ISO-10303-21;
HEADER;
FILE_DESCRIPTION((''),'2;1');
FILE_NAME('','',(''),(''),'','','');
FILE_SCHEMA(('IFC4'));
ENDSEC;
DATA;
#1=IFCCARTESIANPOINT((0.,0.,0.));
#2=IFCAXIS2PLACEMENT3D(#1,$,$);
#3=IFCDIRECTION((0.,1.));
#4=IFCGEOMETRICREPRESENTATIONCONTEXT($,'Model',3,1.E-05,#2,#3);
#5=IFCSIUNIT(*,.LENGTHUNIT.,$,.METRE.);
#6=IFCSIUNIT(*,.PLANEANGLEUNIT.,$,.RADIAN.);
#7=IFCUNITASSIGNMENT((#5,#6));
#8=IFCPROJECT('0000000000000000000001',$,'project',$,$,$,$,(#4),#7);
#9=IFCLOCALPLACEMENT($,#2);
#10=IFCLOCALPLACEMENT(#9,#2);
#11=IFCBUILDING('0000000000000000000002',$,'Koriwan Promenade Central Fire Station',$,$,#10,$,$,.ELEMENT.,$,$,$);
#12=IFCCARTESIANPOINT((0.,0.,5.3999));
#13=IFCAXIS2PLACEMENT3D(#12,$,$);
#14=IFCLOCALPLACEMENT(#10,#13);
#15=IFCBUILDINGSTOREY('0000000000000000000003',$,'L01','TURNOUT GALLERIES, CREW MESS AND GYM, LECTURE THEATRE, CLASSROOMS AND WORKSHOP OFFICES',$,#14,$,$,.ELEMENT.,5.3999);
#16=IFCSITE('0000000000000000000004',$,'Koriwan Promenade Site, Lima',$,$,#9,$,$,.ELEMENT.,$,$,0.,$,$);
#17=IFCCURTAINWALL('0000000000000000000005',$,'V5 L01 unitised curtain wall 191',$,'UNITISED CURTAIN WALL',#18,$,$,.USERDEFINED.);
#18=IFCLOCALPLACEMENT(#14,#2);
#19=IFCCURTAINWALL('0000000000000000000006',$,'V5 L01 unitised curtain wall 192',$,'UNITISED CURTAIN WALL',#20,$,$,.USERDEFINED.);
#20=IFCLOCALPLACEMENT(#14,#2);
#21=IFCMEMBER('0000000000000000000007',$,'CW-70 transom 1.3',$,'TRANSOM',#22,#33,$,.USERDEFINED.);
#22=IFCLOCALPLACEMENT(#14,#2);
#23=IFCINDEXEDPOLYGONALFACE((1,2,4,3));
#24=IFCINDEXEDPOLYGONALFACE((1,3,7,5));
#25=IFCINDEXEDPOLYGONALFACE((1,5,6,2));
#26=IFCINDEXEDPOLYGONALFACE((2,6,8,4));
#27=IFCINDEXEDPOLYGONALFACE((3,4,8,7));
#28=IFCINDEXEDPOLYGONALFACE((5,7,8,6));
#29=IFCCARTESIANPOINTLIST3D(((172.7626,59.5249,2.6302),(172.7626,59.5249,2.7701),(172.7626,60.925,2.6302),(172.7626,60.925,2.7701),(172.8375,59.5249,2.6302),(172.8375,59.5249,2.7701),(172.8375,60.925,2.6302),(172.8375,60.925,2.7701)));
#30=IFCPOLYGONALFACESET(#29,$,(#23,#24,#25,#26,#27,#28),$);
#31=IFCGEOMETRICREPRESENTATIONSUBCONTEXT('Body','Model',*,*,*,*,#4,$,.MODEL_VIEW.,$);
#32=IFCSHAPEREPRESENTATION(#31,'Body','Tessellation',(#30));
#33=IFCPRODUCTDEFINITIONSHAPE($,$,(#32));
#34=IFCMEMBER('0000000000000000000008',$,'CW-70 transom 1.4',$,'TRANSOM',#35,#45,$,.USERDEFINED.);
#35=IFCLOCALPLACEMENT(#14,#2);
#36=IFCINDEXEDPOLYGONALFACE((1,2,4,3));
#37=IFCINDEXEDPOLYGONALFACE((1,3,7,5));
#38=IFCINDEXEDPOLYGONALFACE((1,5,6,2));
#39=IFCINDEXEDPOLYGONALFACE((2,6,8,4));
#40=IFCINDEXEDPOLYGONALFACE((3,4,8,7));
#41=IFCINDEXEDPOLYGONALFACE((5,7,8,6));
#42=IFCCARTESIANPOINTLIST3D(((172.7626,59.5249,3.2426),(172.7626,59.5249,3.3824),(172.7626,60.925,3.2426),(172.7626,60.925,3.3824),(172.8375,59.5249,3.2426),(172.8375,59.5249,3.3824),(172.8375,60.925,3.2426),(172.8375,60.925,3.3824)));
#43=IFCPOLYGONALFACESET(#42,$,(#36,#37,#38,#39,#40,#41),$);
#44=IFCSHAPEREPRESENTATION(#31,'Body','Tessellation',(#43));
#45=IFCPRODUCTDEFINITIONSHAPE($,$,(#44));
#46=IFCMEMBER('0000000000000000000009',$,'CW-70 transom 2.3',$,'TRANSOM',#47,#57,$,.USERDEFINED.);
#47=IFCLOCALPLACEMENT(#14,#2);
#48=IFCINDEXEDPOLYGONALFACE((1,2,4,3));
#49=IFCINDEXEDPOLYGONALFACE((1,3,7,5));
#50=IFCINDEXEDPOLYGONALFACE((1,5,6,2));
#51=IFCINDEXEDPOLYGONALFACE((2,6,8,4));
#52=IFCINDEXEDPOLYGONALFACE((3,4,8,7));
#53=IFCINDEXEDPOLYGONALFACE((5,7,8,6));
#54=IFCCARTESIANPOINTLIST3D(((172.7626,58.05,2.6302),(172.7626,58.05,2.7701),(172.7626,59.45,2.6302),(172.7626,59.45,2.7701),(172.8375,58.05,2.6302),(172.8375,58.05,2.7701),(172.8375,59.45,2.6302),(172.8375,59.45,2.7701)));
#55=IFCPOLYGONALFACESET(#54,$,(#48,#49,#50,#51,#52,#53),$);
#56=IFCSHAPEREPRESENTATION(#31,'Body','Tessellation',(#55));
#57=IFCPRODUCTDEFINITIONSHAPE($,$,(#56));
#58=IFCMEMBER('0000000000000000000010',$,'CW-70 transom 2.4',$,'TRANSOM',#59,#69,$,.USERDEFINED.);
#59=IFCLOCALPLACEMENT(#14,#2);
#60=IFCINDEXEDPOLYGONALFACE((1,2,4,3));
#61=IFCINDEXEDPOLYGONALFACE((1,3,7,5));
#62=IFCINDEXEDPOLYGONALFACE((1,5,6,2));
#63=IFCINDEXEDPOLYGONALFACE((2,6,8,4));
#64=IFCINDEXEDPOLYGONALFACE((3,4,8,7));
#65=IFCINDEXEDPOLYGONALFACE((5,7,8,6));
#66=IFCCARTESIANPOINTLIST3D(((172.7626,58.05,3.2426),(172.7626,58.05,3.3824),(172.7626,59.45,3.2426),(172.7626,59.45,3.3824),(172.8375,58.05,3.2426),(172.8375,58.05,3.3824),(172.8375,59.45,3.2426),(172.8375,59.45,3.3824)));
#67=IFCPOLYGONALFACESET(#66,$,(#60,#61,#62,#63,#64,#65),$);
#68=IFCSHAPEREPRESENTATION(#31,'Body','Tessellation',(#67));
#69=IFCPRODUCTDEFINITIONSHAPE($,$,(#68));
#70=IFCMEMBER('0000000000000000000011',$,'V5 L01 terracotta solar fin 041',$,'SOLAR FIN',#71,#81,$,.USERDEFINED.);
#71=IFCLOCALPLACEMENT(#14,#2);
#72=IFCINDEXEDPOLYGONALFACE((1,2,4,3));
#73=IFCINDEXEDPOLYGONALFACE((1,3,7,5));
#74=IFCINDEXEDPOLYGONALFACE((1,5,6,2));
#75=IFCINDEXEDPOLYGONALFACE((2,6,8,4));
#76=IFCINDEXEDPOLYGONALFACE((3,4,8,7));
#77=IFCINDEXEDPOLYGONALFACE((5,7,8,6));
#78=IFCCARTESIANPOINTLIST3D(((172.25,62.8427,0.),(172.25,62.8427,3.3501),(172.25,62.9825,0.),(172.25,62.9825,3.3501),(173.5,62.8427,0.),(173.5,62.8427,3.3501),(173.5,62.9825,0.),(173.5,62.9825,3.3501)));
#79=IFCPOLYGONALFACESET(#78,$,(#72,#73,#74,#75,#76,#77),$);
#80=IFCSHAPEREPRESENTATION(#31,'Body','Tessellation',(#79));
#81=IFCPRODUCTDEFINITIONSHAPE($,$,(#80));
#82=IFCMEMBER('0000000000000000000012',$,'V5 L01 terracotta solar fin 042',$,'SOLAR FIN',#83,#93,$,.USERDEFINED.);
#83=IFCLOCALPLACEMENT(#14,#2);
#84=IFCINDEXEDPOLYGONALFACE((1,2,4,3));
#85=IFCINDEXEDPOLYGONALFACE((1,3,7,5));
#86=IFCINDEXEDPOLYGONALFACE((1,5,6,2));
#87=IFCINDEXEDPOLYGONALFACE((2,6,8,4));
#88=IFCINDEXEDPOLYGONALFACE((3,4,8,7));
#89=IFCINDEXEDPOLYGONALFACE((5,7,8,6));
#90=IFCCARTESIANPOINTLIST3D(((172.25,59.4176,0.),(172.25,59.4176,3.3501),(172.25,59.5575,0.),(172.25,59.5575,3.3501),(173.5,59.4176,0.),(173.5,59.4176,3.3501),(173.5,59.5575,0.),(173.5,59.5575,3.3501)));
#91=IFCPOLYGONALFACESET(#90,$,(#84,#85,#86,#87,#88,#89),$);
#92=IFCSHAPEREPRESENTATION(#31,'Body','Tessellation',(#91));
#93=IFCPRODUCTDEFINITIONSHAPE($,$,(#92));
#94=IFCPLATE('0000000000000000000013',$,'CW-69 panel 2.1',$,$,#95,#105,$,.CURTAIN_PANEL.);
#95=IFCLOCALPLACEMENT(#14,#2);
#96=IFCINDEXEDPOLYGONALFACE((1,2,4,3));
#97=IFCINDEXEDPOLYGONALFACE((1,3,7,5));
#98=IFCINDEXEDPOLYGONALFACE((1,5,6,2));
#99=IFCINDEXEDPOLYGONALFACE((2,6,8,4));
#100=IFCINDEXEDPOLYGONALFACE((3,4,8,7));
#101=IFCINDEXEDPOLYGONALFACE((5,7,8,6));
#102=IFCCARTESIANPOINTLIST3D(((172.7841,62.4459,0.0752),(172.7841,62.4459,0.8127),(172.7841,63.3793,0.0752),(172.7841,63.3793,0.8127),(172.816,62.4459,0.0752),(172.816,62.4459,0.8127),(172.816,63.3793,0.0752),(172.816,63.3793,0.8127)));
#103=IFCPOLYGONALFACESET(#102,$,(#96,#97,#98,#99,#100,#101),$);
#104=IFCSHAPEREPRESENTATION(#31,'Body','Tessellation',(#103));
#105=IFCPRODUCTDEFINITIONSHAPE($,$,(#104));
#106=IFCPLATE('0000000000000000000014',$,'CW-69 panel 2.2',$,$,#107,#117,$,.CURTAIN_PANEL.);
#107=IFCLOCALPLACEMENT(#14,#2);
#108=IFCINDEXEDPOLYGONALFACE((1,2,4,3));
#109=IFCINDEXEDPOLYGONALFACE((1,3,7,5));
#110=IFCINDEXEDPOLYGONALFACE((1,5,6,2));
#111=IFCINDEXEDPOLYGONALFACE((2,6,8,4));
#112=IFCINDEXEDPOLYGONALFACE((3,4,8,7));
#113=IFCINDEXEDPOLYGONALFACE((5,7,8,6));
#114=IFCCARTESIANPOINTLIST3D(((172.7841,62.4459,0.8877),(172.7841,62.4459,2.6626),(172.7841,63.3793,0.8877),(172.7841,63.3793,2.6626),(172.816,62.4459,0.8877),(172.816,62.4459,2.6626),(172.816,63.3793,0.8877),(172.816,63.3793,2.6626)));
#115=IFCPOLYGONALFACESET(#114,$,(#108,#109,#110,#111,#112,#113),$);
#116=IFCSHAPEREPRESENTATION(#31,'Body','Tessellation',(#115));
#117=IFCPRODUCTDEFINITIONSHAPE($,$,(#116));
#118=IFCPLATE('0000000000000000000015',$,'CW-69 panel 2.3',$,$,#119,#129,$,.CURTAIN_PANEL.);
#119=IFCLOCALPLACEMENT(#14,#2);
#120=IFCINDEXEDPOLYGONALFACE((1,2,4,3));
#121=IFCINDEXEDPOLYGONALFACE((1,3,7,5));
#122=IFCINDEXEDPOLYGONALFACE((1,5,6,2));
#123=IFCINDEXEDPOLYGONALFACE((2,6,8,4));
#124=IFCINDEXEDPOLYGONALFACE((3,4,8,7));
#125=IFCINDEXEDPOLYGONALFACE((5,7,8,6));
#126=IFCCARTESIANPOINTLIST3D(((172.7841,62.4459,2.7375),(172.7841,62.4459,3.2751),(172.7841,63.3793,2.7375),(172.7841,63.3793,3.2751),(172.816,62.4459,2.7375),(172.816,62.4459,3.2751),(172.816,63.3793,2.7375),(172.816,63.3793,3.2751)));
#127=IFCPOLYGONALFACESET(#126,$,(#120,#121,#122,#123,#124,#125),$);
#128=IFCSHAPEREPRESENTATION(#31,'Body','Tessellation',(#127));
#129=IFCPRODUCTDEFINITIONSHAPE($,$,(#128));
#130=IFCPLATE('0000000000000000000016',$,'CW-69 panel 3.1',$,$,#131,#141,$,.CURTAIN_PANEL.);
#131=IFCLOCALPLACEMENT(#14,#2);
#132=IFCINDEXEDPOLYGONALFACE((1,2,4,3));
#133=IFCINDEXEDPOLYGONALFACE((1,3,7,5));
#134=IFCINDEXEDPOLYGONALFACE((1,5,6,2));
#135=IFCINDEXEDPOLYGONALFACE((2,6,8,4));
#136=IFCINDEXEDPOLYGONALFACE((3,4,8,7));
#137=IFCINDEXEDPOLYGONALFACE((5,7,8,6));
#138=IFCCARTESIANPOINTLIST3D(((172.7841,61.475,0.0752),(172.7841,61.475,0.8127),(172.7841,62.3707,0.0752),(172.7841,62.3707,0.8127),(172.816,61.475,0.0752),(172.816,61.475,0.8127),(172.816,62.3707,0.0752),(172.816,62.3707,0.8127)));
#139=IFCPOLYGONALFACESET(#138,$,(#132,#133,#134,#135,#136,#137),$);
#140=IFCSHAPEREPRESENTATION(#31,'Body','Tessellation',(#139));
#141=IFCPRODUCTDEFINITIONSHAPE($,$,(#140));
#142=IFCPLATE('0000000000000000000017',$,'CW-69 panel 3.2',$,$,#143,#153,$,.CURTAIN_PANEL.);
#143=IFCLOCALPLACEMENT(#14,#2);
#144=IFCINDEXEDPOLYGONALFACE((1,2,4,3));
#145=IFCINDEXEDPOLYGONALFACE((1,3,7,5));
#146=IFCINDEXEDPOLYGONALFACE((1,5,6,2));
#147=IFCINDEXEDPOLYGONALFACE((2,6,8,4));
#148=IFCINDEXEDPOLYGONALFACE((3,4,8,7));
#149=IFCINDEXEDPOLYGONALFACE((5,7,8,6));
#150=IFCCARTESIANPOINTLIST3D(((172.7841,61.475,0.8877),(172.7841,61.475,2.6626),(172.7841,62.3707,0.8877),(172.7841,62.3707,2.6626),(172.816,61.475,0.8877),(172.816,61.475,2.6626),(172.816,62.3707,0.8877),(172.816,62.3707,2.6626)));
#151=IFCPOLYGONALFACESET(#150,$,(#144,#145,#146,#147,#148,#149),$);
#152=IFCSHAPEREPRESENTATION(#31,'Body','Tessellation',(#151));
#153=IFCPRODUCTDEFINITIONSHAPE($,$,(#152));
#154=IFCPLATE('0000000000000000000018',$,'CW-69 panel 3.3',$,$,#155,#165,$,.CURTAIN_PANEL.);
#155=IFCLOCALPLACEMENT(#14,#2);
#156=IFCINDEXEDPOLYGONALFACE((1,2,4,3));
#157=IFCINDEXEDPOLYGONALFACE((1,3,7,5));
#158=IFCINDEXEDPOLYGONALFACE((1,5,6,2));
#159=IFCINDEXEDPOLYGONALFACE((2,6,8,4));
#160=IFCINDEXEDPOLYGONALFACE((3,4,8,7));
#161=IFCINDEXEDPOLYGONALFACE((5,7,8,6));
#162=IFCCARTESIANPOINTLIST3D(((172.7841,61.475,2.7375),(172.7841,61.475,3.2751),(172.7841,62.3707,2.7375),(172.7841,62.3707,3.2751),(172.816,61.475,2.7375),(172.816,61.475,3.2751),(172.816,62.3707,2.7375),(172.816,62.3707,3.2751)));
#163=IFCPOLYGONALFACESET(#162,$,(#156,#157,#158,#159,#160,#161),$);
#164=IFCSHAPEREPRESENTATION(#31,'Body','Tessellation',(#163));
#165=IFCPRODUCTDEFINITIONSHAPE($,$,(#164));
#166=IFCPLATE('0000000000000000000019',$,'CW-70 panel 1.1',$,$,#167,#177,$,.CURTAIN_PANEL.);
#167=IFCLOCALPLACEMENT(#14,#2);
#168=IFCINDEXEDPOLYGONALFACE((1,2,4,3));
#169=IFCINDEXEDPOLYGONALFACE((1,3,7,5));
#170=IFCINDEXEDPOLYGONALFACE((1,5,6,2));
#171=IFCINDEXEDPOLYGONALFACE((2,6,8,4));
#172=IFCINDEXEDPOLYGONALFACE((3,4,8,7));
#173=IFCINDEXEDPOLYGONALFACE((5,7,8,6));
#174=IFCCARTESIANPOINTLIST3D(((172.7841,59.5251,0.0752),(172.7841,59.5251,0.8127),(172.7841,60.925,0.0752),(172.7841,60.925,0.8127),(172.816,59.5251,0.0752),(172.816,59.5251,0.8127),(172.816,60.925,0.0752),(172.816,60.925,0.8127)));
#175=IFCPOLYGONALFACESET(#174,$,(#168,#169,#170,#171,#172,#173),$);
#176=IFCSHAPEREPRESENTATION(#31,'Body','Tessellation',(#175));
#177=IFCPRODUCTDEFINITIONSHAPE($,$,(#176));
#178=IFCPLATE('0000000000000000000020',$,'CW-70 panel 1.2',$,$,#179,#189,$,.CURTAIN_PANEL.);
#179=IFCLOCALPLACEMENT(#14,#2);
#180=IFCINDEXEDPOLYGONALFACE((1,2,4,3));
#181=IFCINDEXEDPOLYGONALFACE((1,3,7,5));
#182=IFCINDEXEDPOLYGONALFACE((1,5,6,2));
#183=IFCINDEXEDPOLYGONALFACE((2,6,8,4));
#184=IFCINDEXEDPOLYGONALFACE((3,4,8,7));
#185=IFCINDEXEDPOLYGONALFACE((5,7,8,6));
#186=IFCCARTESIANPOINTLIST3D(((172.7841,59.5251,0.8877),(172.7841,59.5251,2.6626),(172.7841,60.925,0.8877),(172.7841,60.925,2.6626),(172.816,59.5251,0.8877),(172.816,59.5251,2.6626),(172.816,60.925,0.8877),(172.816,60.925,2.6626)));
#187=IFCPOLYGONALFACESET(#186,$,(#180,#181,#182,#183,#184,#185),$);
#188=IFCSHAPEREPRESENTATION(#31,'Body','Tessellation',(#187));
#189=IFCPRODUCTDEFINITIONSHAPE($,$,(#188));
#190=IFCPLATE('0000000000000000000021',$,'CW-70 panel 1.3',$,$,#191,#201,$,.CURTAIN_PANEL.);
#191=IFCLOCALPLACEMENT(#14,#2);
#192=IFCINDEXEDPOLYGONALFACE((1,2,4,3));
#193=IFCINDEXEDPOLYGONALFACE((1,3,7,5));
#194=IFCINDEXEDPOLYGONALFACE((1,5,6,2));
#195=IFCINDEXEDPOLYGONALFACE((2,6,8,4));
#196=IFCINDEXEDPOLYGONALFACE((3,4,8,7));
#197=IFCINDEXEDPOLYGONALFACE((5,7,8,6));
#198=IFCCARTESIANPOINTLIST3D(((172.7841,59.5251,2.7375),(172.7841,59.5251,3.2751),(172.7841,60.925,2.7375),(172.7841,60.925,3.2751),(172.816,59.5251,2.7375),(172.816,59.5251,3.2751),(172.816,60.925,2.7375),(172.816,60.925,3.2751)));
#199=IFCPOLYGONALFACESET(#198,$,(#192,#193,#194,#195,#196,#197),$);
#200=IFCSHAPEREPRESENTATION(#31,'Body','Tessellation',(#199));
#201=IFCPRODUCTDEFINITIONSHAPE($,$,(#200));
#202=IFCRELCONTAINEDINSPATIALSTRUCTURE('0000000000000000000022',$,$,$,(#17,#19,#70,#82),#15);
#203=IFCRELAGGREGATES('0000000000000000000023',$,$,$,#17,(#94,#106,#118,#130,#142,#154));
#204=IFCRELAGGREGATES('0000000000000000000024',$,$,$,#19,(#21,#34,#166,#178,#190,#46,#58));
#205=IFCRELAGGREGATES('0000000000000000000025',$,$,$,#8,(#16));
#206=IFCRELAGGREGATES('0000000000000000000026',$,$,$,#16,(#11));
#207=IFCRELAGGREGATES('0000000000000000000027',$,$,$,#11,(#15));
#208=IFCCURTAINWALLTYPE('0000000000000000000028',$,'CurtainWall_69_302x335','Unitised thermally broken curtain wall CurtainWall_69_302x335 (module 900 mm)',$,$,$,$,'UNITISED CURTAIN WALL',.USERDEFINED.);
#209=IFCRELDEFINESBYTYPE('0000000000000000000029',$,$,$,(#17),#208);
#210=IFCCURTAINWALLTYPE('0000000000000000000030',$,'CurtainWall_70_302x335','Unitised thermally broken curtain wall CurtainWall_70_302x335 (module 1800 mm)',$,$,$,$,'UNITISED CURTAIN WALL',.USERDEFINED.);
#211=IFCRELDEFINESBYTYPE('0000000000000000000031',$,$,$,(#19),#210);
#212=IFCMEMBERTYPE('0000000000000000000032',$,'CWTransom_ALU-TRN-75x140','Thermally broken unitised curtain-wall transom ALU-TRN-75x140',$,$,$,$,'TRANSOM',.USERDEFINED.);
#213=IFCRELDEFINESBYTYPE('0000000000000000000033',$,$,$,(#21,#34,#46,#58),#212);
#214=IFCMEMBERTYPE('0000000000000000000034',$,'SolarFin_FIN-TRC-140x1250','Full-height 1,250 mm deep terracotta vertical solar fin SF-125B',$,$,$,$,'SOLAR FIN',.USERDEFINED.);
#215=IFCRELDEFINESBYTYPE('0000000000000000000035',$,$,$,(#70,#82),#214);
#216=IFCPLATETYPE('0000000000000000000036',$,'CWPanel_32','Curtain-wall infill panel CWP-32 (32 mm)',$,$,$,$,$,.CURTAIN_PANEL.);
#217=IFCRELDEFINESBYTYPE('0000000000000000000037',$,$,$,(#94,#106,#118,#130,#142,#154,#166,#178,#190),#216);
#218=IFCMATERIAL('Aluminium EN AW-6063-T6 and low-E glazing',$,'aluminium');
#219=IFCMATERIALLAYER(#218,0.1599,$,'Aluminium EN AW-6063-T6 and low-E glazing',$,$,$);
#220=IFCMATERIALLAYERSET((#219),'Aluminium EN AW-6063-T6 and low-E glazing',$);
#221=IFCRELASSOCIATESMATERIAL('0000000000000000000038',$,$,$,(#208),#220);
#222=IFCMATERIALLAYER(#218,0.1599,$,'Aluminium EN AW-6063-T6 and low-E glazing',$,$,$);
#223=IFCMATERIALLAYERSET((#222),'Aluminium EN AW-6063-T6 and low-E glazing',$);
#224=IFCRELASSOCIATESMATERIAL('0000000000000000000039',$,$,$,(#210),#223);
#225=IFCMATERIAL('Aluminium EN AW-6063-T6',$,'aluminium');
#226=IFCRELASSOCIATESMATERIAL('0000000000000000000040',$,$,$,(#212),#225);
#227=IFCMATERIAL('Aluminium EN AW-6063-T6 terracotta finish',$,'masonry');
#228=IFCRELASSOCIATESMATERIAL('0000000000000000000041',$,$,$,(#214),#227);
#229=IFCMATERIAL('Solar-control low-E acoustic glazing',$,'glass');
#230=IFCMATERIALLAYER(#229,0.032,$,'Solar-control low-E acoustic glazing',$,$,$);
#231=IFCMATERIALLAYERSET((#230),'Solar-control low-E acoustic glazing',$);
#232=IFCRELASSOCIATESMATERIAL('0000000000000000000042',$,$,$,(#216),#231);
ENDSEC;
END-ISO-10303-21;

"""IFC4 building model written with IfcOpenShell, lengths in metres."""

from ifc_helpers import new_model, si_unit, direction, frame, origin, origin_2d, place, context, subcontext, project, spatial, rectangle, extrude, material, layer, layer_set, material_profile, profile_set, type_object, element, aggregate, save


model = new_model("IFC4")

# Units and contexts
model_context = context("Model", 3, precision=1e-05, world=origin(), true_north=direction((0.0, 1.0)))
body_context = subcontext(model_context, "Body", "Model", "MODEL_VIEW")
ifc_project = project(units=[si_unit("LENGTHUNIT", "METRE"), si_unit("PLANEANGLEUNIT", "RADIAN")], contexts=[model_context])

# Site, building, storey
site_placement = place(None, origin())
site = spatial("IfcSite", under=ifc_project, at=site_placement, Name="Koriwan Promenade Site, Lima", CompositionType="ELEMENT", RefElevation=0.0)
building_placement = place(site_placement, origin())
building = spatial("IfcBuilding", under=site, at=building_placement, Name="Koriwan Promenade Central Fire Station", CompositionType="ELEMENT")
storey_placement = place(building_placement, frame((0.0, 0.0, 5.3999)))
storey = spatial("IfcBuildingStorey", under=building, at=storey_placement, Name="L01", Description="TURNOUT GALLERIES, CREW MESS AND GYM, LECTURE THEATRE, CLASSROOMS AND WORKSHOP OFFICES", CompositionType="ELEMENT", Elevation=5.3999)

# Curtain walls
ifc_material_1 = material(Name="Aluminium EN AW-6063-T6 and low-E glazing", Category="aluminium")
ifc_layer_1 = layer(ifc_material_1, 0.1599, Name="Aluminium EN AW-6063-T6 and low-E glazing")
ifc_layer_set_1 = layer_set([ifc_layer_1], Name="Aluminium EN AW-6063-T6 and low-E glazing")
curtain_wall_type_1 = type_object("IfcCurtainWallType", Name="CurtainWall_69_302x335", Description="Unitised thermally broken curtain wall CurtainWall_69_302x335 (module 900 mm)", ElementType="UNITISED CURTAIN WALL", PredefinedType="USERDEFINED", material=ifc_layer_set_1)
curtain_wall_1_placement = place(storey_placement, origin())
curtain_wall_1 = element("IfcCurtainWall", 1, at=curtain_wall_1_placement, inside=storey, type_object=curtain_wall_type_1, Name="V5 L01 unitised curtain wall 191", ObjectType="UNITISED CURTAIN WALL", PredefinedType="USERDEFINED")
ifc_material_2 = material(Name="Aluminium EN AW-6063-T6", Category="aluminium")
ifc_layer_2 = layer(ifc_material_1, 0.1599, Name="Aluminium EN AW-6063-T6 and low-E glazing")
ifc_layer_set_2 = layer_set([ifc_layer_2], Name="Aluminium EN AW-6063-T6 and low-E glazing")
curtain_wall_type_2 = type_object("IfcCurtainWallType", Name="CurtainWall_70_302x335", Description="Unitised thermally broken curtain wall CurtainWall_70_302x335 (module 1800 mm)", ElementType="UNITISED CURTAIN WALL", PredefinedType="USERDEFINED", material=ifc_layer_set_2)
curtain_wall_2_placement = place(storey_placement, origin())
curtain_wall_2 = element("IfcCurtainWall", 2, at=curtain_wall_2_placement, inside=storey, type_object=curtain_wall_type_2, Name="V5 L01 unitised curtain wall 192", ObjectType="UNITISED CURTAIN WALL", PredefinedType="USERDEFINED")

# Members
ifc_material_profile_1 = material_profile(ifc_material_2, rectangle(XDim=0.075, YDim=0.1399, at=origin_2d()), Name="ALU-TRN-75x140")
ifc_profile_set_1 = profile_set([ifc_material_profile_1], Name="Aluminium EN AW-6063-T6")
member_type_1 = type_object("IfcMemberType", Name="CWTransom_ALU-TRN-75x140", Description="Thermally broken unitised curtain-wall transom ALU-TRN-75x140", ElementType="TRANSOM", PredefinedType="USERDEFINED", material=ifc_profile_set_1)
member_1_placement = place(storey_placement, frame((172.8, 60.925, 2.7002), z_axis=(0.0, -1.0, 0.0), x_axis=(1.0, 0.0, 0.0)))
member_1 = element("IfcMember", 3, at=member_1_placement, type_object=member_type_1, Name="CW-70 transom 1.3", ObjectType="TRANSOM", PredefinedType="USERDEFINED", context=body_context, shape_type="SweptSolid", body=[
    extrude(rectangle(XDim=0.075, YDim=0.1399, at=origin_2d()), origin(), (0.0, 0.0, 1.0), 1.4001),
])
member_2_placement = place(storey_placement, frame((172.8, 60.925, 3.3125), z_axis=(0.0, -1.0, 0.0), x_axis=(1.0, 0.0, 0.0)))
member_2 = element("IfcMember", 4, at=member_2_placement, type_object=member_type_1, Name="CW-70 transom 1.4", ObjectType="TRANSOM", PredefinedType="USERDEFINED", context=body_context, shape_type="SweptSolid", body=[
    extrude(rectangle(XDim=0.075, YDim=0.1399, at=origin_2d()), origin(), (0.0, 0.0, 1.0), 1.4001),
])
member_3_placement = place(storey_placement, frame((172.8, 59.45, 2.7002), z_axis=(0.0, -1.0, 0.0), x_axis=(1.0, 0.0, 0.0)))
member_3 = element("IfcMember", 5, at=member_3_placement, type_object=member_type_1, Name="CW-70 transom 2.3", ObjectType="TRANSOM", PredefinedType="USERDEFINED", context=body_context, shape_type="SweptSolid", body=[
    extrude(rectangle(XDim=0.075, YDim=0.1399, at=origin_2d()), origin(), (0.0, 0.0, 1.0), 1.3999),
])
member_4_placement = place(storey_placement, frame((172.8, 59.45, 3.3125), z_axis=(0.0, -1.0, 0.0), x_axis=(1.0, 0.0, 0.0)))
member_4 = element("IfcMember", 6, at=member_4_placement, type_object=member_type_1, Name="CW-70 transom 2.4", ObjectType="TRANSOM", PredefinedType="USERDEFINED", context=body_context, shape_type="SweptSolid", body=[
    extrude(rectangle(XDim=0.075, YDim=0.1399, at=origin_2d()), origin(), (0.0, 0.0, 1.0), 1.3999),
])

# Members
ifc_material_3 = material(Name="Aluminium EN AW-6063-T6 terracotta finish", Category="masonry")
ifc_material_profile_2 = material_profile(ifc_material_3, rectangle(XDim=0.1399, YDim=1.25, at=origin_2d()), Name="FIN-TRC-140x1250")
ifc_profile_set_2 = profile_set([ifc_material_profile_2], Name="Aluminium EN AW-6063-T6 terracotta finish")
member_type_2 = type_object("IfcMemberType", Name="SolarFin_FIN-TRC-140x1250", Description="Full-height 1,250 mm deep terracotta vertical solar fin SF-125B", ElementType="SOLAR FIN", PredefinedType="USERDEFINED", material=ifc_profile_set_2)
for number, where, z_axis, x_axis, name in (
    (7, (172.875, 62.9126, 0.0), (0.0, 0.0, 1.0), (0.0, -1.0, 0.0), "V5 L01 terracotta solar fin 041"),
    (8, (172.875, 59.4875, 0.0), (0.0, 0.0, 1.0), (0.0, -1.0, 0.0), "V5 L01 terracotta solar fin 042"),
):
    element("IfcMember", number, at=place(storey_placement, frame(where, z_axis=z_axis, x_axis=x_axis)), inside=storey, type_object=member_type_2, Name=name, ObjectType="SOLAR FIN", PredefinedType="USERDEFINED", context=body_context, shape_type="SweptSolid", body=[
        extrude(rectangle(XDim=0.1399, YDim=1.25, at=origin_2d()), origin(), (0.0, 0.0, 1.0), 3.3501),
    ])

# Plates
ifc_material_4 = material(Name="Solar-control low-E acoustic glazing", Category="glass")
ifc_layer_3 = layer(ifc_material_4, 0.032, Name="Solar-control low-E acoustic glazing")
ifc_layer_set_3 = layer_set([ifc_layer_3], Name="Solar-control low-E acoustic glazing")
plate_type = type_object("IfcPlateType", Name="CWPanel_32", Description="Curtain-wall infill panel CWP-32 (32 mm)", PredefinedType="CURTAIN_PANEL", material=ifc_layer_set_3)
plate_1_placement = place(storey_placement, frame((172.8, 62.9126, 0.0752), z_axis=(0.0, 0.0, 1.0), x_axis=(0.0, -1.0, 0.0)))
plate_1 = element("IfcPlate", 9, at=plate_1_placement, type_object=plate_type, Name="CW-69 panel 2.1", PredefinedType="CURTAIN_PANEL", context=body_context, shape_type="SweptSolid", body=[
    extrude(rectangle(XDim=0.9333, YDim=0.032, at=origin_2d()), origin(), (0.0, 0.0, 1.0), 0.7375),
])
plate_2_placement = place(storey_placement, frame((172.8, 62.9126, 0.8877), z_axis=(0.0, 0.0, 1.0), x_axis=(0.0, -1.0, 0.0)))
plate_2 = element("IfcPlate", 10, at=plate_2_placement, type_object=plate_type, Name="CW-69 panel 2.2", PredefinedType="CURTAIN_PANEL", context=body_context, shape_type="SweptSolid", body=[
    extrude(rectangle(XDim=0.9333, YDim=0.032, at=origin_2d()), origin(), (0.0, 0.0, 1.0), 1.7749),
])
plate_3_placement = place(storey_placement, frame((172.8, 62.9126, 2.7375), z_axis=(0.0, 0.0, 1.0), x_axis=(0.0, -1.0, 0.0)))
plate_3 = element("IfcPlate", 11, at=plate_3_placement, type_object=plate_type, Name="CW-69 panel 2.3", PredefinedType="CURTAIN_PANEL", context=body_context, shape_type="SweptSolid", body=[
    extrude(rectangle(XDim=0.9333, YDim=0.032, at=origin_2d()), origin(), (0.0, 0.0, 1.0), 0.5376),
])
plate_4_placement = place(storey_placement, frame((172.8, 61.9229, 0.0752), z_axis=(0.0, 0.0, 1.0), x_axis=(0.0, -1.0, 0.0)))
plate_4 = element("IfcPlate", 12, at=plate_4_placement, type_object=plate_type, Name="CW-69 panel 3.1", PredefinedType="CURTAIN_PANEL", context=body_context, shape_type="SweptSolid", body=[
    extrude(rectangle(XDim=0.8958, YDim=0.032, at=origin_2d()), origin(), (0.0, 0.0, 1.0), 0.7375),
])
plate_5_placement = place(storey_placement, frame((172.8, 61.9229, 0.8877), z_axis=(0.0, 0.0, 1.0), x_axis=(0.0, -1.0, 0.0)))
plate_5 = element("IfcPlate", 13, at=plate_5_placement, type_object=plate_type, Name="CW-69 panel 3.2", PredefinedType="CURTAIN_PANEL", context=body_context, shape_type="SweptSolid", body=[
    extrude(rectangle(XDim=0.8958, YDim=0.032, at=origin_2d()), origin(), (0.0, 0.0, 1.0), 1.7749),
])
plate_6_placement = place(storey_placement, frame((172.8, 61.9229, 2.7375), z_axis=(0.0, 0.0, 1.0), x_axis=(0.0, -1.0, 0.0)))
plate_6 = element("IfcPlate", 14, at=plate_6_placement, type_object=plate_type, Name="CW-69 panel 3.3", PredefinedType="CURTAIN_PANEL", context=body_context, shape_type="SweptSolid", body=[
    extrude(rectangle(XDim=0.8958, YDim=0.032, at=origin_2d()), origin(), (0.0, 0.0, 1.0), 0.5376),
])
aggregate(curtain_wall_1, [plate_1, plate_2, plate_3, plate_4, plate_5, plate_6])
plate_7_placement = place(storey_placement, frame((172.8, 60.2251, 0.0752), z_axis=(0.0, 0.0, 1.0), x_axis=(0.0, -1.0, 0.0)))
plate_7 = element("IfcPlate", 15, at=plate_7_placement, type_object=plate_type, Name="CW-70 panel 1.1", PredefinedType="CURTAIN_PANEL", context=body_context, shape_type="SweptSolid", body=[
    extrude(rectangle(XDim=1.3999, YDim=0.032, at=origin_2d()), origin(), (0.0, 0.0, 1.0), 0.7375),
])
plate_8_placement = place(storey_placement, frame((172.8, 60.2251, 0.8877), z_axis=(0.0, 0.0, 1.0), x_axis=(0.0, -1.0, 0.0)))
plate_8 = element("IfcPlate", 16, at=plate_8_placement, type_object=plate_type, Name="CW-70 panel 1.2", PredefinedType="CURTAIN_PANEL", context=body_context, shape_type="SweptSolid", body=[
    extrude(rectangle(XDim=1.3999, YDim=0.032, at=origin_2d()), origin(), (0.0, 0.0, 1.0), 1.7749),
])
plate_9_placement = place(storey_placement, frame((172.8, 60.2251, 2.7375), z_axis=(0.0, 0.0, 1.0), x_axis=(0.0, -1.0, 0.0)))
plate_9 = element("IfcPlate", 17, at=plate_9_placement, type_object=plate_type, Name="CW-70 panel 1.3", PredefinedType="CURTAIN_PANEL", context=body_context, shape_type="SweptSolid", body=[
    extrude(rectangle(XDim=1.3999, YDim=0.032, at=origin_2d()), origin(), (0.0, 0.0, 1.0), 0.5376),
])
aggregate(curtain_wall_2, [member_1, member_2, plate_7, plate_8, plate_9, member_3, member_4])

save(model, "model.ifc")
